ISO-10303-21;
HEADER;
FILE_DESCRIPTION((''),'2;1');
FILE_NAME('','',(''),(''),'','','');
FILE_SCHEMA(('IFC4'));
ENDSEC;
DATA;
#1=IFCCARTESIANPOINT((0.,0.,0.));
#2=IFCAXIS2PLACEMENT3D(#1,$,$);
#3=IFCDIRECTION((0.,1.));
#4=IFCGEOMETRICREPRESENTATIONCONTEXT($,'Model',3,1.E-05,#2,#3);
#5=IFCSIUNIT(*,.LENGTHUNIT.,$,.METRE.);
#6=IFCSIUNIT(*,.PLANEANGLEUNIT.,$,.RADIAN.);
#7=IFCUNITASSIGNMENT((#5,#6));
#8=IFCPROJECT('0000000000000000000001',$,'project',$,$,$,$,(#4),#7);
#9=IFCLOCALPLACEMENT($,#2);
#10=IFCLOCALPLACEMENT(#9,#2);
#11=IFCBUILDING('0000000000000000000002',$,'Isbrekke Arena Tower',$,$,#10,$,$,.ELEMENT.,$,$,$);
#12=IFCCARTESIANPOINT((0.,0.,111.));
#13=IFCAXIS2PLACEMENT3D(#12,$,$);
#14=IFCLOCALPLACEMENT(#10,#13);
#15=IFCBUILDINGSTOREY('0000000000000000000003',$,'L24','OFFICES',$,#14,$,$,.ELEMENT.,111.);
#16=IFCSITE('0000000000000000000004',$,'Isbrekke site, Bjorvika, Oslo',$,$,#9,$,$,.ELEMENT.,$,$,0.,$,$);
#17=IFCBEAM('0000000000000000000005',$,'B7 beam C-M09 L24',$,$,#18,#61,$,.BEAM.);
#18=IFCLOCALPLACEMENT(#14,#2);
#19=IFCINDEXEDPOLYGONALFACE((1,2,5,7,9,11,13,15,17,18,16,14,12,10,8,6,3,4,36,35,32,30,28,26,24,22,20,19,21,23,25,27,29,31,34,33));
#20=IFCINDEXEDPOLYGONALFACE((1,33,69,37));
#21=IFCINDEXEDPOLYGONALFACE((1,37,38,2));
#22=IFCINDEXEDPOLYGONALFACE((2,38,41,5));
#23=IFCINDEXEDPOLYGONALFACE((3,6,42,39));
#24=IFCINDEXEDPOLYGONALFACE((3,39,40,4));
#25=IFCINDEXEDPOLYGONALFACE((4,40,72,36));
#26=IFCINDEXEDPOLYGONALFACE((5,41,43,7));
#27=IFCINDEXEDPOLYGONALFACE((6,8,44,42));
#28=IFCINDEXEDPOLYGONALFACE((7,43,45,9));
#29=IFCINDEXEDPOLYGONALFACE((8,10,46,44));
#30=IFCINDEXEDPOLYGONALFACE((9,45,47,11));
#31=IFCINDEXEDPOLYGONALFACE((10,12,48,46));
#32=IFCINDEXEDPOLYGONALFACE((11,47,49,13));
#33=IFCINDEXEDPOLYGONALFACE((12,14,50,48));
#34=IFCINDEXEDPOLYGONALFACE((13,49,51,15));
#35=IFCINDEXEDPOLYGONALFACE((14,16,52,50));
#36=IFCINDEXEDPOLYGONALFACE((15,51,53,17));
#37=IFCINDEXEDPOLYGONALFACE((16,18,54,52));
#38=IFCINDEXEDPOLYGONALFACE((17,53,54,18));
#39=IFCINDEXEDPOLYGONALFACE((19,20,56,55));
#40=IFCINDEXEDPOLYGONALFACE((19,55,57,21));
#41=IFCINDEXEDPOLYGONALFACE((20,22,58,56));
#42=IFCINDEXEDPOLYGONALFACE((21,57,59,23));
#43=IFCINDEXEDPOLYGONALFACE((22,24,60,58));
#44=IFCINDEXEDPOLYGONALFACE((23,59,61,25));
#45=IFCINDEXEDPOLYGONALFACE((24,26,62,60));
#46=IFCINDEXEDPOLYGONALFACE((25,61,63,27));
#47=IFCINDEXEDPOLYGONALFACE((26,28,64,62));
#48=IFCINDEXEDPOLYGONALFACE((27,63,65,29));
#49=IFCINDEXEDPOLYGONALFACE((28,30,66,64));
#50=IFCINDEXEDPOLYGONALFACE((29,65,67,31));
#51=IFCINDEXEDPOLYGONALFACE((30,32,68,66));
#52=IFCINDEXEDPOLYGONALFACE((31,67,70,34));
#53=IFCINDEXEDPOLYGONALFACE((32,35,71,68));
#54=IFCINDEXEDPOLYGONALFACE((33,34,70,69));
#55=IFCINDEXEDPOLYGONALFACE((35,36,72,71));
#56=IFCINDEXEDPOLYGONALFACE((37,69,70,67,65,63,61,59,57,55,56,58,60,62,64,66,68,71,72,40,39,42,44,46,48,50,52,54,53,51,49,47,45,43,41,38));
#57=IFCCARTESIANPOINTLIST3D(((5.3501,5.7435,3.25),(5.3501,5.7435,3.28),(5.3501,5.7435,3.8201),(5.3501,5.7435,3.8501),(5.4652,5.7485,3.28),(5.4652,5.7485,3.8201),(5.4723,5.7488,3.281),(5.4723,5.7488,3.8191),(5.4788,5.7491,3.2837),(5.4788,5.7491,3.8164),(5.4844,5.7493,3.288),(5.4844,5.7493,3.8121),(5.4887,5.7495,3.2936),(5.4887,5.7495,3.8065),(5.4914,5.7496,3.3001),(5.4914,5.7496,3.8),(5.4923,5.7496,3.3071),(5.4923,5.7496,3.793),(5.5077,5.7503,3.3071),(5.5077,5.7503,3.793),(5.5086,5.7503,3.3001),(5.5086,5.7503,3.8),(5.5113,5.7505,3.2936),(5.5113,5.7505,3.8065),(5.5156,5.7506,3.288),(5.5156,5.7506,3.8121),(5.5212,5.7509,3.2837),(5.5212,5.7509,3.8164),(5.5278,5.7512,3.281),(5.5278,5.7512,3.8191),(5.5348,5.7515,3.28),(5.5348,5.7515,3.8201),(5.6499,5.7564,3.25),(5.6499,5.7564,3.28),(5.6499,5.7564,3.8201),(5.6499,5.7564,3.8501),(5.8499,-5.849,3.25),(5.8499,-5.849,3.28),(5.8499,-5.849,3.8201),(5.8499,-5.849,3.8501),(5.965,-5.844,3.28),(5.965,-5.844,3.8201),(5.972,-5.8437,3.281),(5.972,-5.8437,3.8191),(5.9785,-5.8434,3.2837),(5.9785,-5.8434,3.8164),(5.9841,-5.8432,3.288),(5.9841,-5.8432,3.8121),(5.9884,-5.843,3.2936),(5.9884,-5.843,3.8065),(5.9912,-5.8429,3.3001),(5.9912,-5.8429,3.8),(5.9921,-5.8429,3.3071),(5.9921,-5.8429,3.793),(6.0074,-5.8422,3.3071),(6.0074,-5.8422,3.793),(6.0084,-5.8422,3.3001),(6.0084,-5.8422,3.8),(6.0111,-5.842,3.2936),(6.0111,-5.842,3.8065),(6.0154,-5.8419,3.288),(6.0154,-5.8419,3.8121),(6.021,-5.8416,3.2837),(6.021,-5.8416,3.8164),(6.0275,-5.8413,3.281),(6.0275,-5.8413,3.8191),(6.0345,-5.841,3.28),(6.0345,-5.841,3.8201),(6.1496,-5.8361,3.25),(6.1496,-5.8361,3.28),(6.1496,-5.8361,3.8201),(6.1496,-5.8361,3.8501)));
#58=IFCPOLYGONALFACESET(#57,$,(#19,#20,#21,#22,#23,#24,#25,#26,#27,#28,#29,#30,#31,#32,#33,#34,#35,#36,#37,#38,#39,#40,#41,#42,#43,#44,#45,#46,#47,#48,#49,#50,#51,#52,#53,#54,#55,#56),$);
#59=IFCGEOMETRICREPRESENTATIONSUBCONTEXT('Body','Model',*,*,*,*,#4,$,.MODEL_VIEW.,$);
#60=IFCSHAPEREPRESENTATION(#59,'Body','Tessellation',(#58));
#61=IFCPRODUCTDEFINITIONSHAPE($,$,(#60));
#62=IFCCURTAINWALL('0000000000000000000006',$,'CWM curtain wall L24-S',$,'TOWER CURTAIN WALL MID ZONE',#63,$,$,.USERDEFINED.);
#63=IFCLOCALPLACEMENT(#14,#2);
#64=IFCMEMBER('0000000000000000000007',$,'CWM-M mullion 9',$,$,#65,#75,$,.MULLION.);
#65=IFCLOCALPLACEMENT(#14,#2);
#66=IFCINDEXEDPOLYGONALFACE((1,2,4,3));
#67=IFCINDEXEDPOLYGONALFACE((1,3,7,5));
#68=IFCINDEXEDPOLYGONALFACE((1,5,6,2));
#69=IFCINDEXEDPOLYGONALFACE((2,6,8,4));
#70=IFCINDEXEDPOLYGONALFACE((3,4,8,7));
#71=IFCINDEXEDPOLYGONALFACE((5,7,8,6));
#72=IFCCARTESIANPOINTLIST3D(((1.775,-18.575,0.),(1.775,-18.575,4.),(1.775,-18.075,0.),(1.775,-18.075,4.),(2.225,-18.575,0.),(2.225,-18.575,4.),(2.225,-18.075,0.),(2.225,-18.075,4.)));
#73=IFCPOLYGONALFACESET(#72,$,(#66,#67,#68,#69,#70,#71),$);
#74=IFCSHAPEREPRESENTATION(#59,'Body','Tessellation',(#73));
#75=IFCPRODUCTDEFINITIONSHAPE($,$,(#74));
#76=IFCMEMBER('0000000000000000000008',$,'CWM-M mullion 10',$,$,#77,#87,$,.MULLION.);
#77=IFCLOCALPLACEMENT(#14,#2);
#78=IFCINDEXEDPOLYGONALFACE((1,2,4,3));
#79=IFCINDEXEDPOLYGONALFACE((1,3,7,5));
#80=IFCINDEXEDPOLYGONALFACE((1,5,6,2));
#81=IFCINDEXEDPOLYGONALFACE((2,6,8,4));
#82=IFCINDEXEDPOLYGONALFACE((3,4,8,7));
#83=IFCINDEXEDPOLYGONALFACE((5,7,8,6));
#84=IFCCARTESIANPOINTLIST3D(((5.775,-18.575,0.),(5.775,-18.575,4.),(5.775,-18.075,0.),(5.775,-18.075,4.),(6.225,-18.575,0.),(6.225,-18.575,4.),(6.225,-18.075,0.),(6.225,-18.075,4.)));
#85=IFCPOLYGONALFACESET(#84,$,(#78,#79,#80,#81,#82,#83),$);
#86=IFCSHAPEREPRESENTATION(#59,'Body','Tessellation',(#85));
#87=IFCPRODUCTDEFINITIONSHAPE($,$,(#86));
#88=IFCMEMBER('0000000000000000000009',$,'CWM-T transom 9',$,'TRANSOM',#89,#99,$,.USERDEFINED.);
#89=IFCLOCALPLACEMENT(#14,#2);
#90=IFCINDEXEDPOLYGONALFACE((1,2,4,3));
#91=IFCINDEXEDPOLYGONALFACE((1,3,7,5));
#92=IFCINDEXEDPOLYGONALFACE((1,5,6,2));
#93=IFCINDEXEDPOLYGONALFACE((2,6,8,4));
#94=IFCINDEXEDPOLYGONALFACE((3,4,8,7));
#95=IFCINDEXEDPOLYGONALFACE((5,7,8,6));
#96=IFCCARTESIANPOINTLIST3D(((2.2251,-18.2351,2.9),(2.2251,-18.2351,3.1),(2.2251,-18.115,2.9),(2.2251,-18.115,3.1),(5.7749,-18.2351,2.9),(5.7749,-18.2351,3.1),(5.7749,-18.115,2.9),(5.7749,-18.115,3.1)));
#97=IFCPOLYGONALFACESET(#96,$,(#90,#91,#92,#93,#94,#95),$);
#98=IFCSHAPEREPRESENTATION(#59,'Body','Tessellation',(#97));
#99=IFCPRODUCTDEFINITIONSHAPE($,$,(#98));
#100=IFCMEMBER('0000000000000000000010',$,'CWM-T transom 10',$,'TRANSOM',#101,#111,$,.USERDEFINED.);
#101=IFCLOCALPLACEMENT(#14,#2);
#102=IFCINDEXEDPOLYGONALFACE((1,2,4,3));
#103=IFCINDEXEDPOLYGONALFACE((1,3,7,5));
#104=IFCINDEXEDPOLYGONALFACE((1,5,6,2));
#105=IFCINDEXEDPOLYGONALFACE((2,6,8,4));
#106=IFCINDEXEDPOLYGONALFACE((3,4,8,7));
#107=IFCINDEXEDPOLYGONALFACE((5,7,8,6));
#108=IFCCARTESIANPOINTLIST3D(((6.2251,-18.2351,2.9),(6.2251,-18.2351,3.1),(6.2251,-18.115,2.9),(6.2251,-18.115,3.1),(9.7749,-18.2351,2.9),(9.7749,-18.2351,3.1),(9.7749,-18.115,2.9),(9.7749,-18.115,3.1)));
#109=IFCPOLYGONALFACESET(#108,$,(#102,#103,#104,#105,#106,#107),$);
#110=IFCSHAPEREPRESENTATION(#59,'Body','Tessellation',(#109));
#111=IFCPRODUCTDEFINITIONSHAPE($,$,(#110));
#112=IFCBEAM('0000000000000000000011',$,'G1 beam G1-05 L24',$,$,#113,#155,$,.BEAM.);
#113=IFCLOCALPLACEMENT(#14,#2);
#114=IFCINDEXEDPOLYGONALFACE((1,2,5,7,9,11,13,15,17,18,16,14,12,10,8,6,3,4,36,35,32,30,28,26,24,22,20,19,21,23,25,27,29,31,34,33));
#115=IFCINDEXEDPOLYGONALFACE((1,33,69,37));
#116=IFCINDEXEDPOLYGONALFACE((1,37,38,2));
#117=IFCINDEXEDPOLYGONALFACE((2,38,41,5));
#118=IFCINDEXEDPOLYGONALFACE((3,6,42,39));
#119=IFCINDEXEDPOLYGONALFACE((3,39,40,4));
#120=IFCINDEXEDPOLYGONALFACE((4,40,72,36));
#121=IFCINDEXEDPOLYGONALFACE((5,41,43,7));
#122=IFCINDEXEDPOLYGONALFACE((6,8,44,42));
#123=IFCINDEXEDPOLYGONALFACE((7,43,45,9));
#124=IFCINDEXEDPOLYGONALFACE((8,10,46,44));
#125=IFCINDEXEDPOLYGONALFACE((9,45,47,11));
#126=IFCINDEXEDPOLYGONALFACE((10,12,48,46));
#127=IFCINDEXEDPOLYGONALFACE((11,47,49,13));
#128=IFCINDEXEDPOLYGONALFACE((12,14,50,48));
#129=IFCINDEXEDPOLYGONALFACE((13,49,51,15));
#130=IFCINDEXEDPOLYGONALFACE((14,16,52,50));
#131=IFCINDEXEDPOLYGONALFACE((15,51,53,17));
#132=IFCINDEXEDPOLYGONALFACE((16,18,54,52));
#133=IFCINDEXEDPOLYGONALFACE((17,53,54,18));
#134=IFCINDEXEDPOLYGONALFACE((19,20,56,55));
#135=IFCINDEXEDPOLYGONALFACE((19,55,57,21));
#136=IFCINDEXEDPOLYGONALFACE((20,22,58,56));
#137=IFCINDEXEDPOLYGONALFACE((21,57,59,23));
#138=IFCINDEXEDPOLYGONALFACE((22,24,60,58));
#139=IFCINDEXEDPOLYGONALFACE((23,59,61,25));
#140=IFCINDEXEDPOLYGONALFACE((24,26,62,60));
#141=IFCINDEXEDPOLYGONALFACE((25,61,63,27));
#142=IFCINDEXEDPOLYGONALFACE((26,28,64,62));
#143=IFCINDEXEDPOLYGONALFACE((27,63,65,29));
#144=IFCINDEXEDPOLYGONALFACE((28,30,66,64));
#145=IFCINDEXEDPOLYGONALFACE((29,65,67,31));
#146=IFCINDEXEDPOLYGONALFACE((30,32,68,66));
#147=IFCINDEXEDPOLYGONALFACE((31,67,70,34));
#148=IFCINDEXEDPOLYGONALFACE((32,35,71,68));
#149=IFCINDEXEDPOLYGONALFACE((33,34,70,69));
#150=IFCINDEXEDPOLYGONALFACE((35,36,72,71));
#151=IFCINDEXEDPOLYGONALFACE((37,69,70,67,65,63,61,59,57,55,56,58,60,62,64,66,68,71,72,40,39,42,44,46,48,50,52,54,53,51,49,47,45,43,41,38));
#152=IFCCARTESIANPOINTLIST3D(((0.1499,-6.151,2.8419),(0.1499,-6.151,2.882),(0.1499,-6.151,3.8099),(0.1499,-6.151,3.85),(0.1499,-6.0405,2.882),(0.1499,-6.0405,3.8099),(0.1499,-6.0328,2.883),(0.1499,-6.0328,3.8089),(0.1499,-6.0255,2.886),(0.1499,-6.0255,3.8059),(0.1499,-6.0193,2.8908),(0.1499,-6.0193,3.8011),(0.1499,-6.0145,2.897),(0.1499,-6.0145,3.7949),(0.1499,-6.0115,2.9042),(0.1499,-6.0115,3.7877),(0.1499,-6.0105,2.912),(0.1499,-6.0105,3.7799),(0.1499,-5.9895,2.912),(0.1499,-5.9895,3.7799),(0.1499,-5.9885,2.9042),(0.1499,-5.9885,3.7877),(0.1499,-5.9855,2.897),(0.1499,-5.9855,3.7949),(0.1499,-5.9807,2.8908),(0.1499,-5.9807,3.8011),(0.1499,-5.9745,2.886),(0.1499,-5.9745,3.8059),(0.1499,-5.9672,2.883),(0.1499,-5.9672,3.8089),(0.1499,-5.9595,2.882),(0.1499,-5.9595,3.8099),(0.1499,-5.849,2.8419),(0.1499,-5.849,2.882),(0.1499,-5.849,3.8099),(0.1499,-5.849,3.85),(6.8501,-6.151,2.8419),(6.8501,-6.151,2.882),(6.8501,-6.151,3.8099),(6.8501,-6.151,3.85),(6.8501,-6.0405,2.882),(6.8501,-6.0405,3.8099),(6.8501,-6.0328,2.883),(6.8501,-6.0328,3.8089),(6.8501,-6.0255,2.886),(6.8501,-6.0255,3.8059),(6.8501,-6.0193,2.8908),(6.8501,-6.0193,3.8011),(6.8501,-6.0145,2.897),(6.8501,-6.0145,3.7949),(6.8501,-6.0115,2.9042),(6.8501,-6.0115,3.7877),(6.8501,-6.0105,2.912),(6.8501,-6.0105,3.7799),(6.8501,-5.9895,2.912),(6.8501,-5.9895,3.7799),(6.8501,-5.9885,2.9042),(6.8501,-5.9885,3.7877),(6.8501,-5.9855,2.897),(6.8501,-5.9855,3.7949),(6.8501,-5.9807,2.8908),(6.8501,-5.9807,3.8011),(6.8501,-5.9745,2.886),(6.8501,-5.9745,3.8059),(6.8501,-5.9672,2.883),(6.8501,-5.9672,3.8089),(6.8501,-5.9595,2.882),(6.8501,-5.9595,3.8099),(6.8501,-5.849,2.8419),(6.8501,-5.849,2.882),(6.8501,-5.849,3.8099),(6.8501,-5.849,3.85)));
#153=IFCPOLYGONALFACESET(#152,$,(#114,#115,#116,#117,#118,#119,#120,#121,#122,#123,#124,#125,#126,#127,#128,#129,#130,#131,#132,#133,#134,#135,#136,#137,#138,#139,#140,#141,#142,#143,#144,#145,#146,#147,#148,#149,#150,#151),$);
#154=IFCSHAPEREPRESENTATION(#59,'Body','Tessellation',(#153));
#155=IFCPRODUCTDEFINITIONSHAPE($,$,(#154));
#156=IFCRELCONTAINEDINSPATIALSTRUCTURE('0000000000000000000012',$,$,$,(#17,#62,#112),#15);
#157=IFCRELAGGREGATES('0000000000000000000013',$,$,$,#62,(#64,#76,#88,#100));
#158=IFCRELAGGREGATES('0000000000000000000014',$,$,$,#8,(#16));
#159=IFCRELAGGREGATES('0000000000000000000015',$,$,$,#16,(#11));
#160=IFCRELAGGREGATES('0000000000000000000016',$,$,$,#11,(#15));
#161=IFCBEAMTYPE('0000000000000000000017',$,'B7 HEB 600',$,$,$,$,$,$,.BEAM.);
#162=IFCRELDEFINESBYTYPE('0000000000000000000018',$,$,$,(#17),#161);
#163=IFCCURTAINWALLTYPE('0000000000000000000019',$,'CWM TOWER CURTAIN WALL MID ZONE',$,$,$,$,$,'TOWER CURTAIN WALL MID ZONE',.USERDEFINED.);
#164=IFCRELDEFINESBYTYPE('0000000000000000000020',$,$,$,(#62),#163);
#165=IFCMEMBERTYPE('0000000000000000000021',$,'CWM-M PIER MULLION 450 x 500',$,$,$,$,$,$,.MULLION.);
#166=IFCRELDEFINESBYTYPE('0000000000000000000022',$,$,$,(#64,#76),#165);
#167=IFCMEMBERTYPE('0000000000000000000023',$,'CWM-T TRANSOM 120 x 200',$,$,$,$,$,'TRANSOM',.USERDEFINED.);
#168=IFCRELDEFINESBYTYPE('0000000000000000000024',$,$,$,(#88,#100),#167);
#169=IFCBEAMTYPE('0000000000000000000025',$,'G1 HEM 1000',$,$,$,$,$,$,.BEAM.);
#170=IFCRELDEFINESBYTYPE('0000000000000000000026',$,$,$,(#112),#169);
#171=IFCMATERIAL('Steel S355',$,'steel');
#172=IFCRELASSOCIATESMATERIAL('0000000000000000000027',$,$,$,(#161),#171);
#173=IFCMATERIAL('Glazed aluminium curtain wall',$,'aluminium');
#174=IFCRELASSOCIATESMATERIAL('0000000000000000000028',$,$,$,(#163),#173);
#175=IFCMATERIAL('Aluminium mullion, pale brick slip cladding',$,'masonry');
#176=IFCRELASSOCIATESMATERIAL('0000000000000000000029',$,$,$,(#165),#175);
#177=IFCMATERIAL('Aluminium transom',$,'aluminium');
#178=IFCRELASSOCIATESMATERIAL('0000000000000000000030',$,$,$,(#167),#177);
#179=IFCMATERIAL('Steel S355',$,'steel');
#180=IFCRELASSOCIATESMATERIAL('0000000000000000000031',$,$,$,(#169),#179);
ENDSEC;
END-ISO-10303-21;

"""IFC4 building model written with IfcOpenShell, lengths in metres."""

from ifc_helpers import new_model, si_unit, direction, frame, origin, origin_2d, place, context, subcontext, project, spatial, rectangle, i_section, extrude, material, material_profile, profile_set, type_object, element, aggregate, save


model = new_model("IFC4")

# Units and contexts
model_context = context("Model", 3, precision=1e-05, world=origin(), true_north=direction((0.0, 1.0)))
body_context = subcontext(model_context, "Body", "Model", "MODEL_VIEW")
ifc_project = project(units=[si_unit("LENGTHUNIT", "METRE"), si_unit("PLANEANGLEUNIT", "RADIAN")], contexts=[model_context])

# Site, building, storey
site_placement = place(None, origin())
site = spatial("IfcSite", under=ifc_project, at=site_placement, Name="Isbrekke site, Bjorvika, Oslo", CompositionType="ELEMENT", RefElevation=0.0)
building_placement = place(site_placement, origin())
building = spatial("IfcBuilding", under=site, at=building_placement, Name="Isbrekke Arena Tower", CompositionType="ELEMENT")
storey_placement = place(building_placement, frame((0.0, 0.0, 111.0)))
storey = spatial("IfcBuildingStorey", under=building, at=storey_placement, Name="L24", Description="OFFICES", CompositionType="ELEMENT", Elevation=111.0)

# Beam
ifc_material_1 = material(Name="Steel S355", Category="steel")
ifc_material_profile_1 = material_profile(ifc_material_1, i_section(OverallWidth=0.3, OverallDepth=0.6001, WebThickness=0.0154, FlangeThickness=0.03, FilletRadius=0.0271, at=origin_2d()), Name="HEB 600")
ifc_profile_set_1 = profile_set([ifc_material_profile_1], Name="Steel S355")
beam_type_1 = type_object("IfcBeamType", Name="B7 HEB 600", PredefinedType="BEAM", material=ifc_profile_set_1)
beam_1_placement = place(storey_placement, frame((5.9998, -5.8425, 3.55), z_axis=(-0.04307, 0.999072, 0.0), x_axis=(-0.999072, -0.04307, 0.0)))
element("IfcBeam", 1, at=beam_1_placement, inside=storey, type_object=beam_type_1, Name="B7 beam C-M09 L24", PredefinedType="BEAM", context=body_context, shape_type="SweptSolid", body=[
    extrude(i_section(OverallWidth=0.3, OverallDepth=0.6001, WebThickness=0.0154, FlangeThickness=0.03, FilletRadius=0.0271, at=origin_2d()), origin(), (0.0, 0.0, 1.0), 11.6033),
])

# Curtain wall, members
ifc_material_2 = material(Name="Glazed aluminium curtain wall", Category="aluminium")
curtain_wall_type = type_object("IfcCurtainWallType", Name="CWM TOWER CURTAIN WALL MID ZONE", ElementType="TOWER CURTAIN WALL MID ZONE", PredefinedType="USERDEFINED", material=ifc_material_2)
curtain_wall_placement = place(storey_placement, origin())
curtain_wall = element("IfcCurtainWall", 2, at=curtain_wall_placement, inside=storey, type_object=curtain_wall_type, Name="CWM curtain wall L24-S", ObjectType="TOWER CURTAIN WALL MID ZONE", PredefinedType="USERDEFINED")
ifc_material_3 = material(Name="Aluminium mullion, pale brick slip cladding", Category="masonry")
ifc_material_profile_2 = material_profile(ifc_material_3, rectangle(XDim=0.45, YDim=0.5, at=origin_2d()), Name="PIER 450X500")
ifc_profile_set_2 = profile_set([ifc_material_profile_2], Name="Aluminium mullion, pale brick slip cladding")
member_type_1 = type_object("IfcMemberType", Name="CWM-M PIER MULLION 450 x 500", PredefinedType="MULLION", material=ifc_profile_set_2)
member_1_placement = place(storey_placement, frame((2.0, -18.325, 0.0), z_axis=(0.0, 0.0, 1.0), x_axis=(1.0, 0.0, 0.0)))
member_1 = element("IfcMember", 3, at=member_1_placement, type_object=member_type_1, Name="CWM-M mullion 9", PredefinedType="MULLION", context=body_context, shape_type="SweptSolid", body=[
    extrude(rectangle(XDim=0.45, YDim=0.5, at=origin_2d()), origin(), (0.0, 0.0, 1.0), 4.0),
])
member_2_placement = place(storey_placement, frame((6.0, -18.325, 0.0), z_axis=(0.0, 0.0, 1.0), x_axis=(1.0, 0.0, 0.0)))
member_2 = element("IfcMember", 4, at=member_2_placement, type_object=member_type_1, Name="CWM-M mullion 10", PredefinedType="MULLION", context=body_context, shape_type="SweptSolid", body=[
    extrude(rectangle(XDim=0.45, YDim=0.5, at=origin_2d()), origin(), (0.0, 0.0, 1.0), 4.0),
])
ifc_material_4 = material(Name="Aluminium transom", Category="aluminium")
ifc_material_profile_3 = material_profile(ifc_material_4, rectangle(XDim=0.1201, YDim=0.2, at=origin_2d()), Name="TRANSOM 120X200")
ifc_profile_set_3 = profile_set([ifc_material_profile_3], Name="Aluminium transom")
member_type_2 = type_object("IfcMemberType", Name="CWM-T TRANSOM 120 x 200", ElementType="TRANSOM", PredefinedType="USERDEFINED", material=ifc_profile_set_3)
member_3_placement = place(storey_placement, frame((2.2251, -18.175, 3.0), z_axis=(1.0, 0.0, 0.0), x_axis=(0.0, 1.0, 0.0)))
member_3 = element("IfcMember", 5, at=member_3_placement, type_object=member_type_2, Name="CWM-T transom 9", ObjectType="TRANSOM", PredefinedType="USERDEFINED", context=body_context, shape_type="SweptSolid", body=[
    extrude(rectangle(XDim=0.1201, YDim=0.2, at=origin_2d()), origin(), (0.0, 0.0, 1.0), 3.5498),
])
member_4_placement = place(storey_placement, frame((6.2251, -18.175, 3.0), z_axis=(1.0, 0.0, 0.0), x_axis=(0.0, 1.0, 0.0)))
member_4 = element("IfcMember", 6, at=member_4_placement, type_object=member_type_2, Name="CWM-T transom 10", ObjectType="TRANSOM", PredefinedType="USERDEFINED", context=body_context, shape_type="SweptSolid", body=[
    extrude(rectangle(XDim=0.1201, YDim=0.2, at=origin_2d()), origin(), (0.0, 0.0, 1.0), 3.5498),
])

# Beam
ifc_material_5 = material(Name="Steel S355", Category="steel")
ifc_material_profile_4 = material_profile(ifc_material_5, i_section(OverallWidth=0.302, OverallDepth=1.0081, WebThickness=0.021, FlangeThickness=0.04, FilletRadius=0.03, at=origin_2d()), Name="HEM 1000")
ifc_profile_set_4 = profile_set([ifc_material_profile_4], Name="Steel S355")
beam_type_2 = type_object("IfcBeamType", Name="G1 HEM 1000", PredefinedType="BEAM", material=ifc_profile_set_4)
for number, where, z_axis, x_axis, name in (
    (7, (0.1499, -6.0, 3.3459), (1.0, 0.0, 0.0), (0.0, 1.0, 0.0), "G1 beam G1-05 L24"),
):
    element("IfcBeam", number, at=place(storey_placement, frame(where, z_axis=z_axis, x_axis=x_axis)), inside=storey, type_object=beam_type_2, Name=name, PredefinedType="BEAM", context=body_context, shape_type="SweptSolid", body=[
        extrude(i_section(OverallWidth=0.302, OverallDepth=1.0081, WebThickness=0.021, FlangeThickness=0.04, FilletRadius=0.03, at=origin_2d()), origin(), (0.0, 0.0, 1.0), 6.7002),
    ])

aggregate(curtain_wall, [member_1, member_2, member_3, member_4])

save(model, "model.ifc")
